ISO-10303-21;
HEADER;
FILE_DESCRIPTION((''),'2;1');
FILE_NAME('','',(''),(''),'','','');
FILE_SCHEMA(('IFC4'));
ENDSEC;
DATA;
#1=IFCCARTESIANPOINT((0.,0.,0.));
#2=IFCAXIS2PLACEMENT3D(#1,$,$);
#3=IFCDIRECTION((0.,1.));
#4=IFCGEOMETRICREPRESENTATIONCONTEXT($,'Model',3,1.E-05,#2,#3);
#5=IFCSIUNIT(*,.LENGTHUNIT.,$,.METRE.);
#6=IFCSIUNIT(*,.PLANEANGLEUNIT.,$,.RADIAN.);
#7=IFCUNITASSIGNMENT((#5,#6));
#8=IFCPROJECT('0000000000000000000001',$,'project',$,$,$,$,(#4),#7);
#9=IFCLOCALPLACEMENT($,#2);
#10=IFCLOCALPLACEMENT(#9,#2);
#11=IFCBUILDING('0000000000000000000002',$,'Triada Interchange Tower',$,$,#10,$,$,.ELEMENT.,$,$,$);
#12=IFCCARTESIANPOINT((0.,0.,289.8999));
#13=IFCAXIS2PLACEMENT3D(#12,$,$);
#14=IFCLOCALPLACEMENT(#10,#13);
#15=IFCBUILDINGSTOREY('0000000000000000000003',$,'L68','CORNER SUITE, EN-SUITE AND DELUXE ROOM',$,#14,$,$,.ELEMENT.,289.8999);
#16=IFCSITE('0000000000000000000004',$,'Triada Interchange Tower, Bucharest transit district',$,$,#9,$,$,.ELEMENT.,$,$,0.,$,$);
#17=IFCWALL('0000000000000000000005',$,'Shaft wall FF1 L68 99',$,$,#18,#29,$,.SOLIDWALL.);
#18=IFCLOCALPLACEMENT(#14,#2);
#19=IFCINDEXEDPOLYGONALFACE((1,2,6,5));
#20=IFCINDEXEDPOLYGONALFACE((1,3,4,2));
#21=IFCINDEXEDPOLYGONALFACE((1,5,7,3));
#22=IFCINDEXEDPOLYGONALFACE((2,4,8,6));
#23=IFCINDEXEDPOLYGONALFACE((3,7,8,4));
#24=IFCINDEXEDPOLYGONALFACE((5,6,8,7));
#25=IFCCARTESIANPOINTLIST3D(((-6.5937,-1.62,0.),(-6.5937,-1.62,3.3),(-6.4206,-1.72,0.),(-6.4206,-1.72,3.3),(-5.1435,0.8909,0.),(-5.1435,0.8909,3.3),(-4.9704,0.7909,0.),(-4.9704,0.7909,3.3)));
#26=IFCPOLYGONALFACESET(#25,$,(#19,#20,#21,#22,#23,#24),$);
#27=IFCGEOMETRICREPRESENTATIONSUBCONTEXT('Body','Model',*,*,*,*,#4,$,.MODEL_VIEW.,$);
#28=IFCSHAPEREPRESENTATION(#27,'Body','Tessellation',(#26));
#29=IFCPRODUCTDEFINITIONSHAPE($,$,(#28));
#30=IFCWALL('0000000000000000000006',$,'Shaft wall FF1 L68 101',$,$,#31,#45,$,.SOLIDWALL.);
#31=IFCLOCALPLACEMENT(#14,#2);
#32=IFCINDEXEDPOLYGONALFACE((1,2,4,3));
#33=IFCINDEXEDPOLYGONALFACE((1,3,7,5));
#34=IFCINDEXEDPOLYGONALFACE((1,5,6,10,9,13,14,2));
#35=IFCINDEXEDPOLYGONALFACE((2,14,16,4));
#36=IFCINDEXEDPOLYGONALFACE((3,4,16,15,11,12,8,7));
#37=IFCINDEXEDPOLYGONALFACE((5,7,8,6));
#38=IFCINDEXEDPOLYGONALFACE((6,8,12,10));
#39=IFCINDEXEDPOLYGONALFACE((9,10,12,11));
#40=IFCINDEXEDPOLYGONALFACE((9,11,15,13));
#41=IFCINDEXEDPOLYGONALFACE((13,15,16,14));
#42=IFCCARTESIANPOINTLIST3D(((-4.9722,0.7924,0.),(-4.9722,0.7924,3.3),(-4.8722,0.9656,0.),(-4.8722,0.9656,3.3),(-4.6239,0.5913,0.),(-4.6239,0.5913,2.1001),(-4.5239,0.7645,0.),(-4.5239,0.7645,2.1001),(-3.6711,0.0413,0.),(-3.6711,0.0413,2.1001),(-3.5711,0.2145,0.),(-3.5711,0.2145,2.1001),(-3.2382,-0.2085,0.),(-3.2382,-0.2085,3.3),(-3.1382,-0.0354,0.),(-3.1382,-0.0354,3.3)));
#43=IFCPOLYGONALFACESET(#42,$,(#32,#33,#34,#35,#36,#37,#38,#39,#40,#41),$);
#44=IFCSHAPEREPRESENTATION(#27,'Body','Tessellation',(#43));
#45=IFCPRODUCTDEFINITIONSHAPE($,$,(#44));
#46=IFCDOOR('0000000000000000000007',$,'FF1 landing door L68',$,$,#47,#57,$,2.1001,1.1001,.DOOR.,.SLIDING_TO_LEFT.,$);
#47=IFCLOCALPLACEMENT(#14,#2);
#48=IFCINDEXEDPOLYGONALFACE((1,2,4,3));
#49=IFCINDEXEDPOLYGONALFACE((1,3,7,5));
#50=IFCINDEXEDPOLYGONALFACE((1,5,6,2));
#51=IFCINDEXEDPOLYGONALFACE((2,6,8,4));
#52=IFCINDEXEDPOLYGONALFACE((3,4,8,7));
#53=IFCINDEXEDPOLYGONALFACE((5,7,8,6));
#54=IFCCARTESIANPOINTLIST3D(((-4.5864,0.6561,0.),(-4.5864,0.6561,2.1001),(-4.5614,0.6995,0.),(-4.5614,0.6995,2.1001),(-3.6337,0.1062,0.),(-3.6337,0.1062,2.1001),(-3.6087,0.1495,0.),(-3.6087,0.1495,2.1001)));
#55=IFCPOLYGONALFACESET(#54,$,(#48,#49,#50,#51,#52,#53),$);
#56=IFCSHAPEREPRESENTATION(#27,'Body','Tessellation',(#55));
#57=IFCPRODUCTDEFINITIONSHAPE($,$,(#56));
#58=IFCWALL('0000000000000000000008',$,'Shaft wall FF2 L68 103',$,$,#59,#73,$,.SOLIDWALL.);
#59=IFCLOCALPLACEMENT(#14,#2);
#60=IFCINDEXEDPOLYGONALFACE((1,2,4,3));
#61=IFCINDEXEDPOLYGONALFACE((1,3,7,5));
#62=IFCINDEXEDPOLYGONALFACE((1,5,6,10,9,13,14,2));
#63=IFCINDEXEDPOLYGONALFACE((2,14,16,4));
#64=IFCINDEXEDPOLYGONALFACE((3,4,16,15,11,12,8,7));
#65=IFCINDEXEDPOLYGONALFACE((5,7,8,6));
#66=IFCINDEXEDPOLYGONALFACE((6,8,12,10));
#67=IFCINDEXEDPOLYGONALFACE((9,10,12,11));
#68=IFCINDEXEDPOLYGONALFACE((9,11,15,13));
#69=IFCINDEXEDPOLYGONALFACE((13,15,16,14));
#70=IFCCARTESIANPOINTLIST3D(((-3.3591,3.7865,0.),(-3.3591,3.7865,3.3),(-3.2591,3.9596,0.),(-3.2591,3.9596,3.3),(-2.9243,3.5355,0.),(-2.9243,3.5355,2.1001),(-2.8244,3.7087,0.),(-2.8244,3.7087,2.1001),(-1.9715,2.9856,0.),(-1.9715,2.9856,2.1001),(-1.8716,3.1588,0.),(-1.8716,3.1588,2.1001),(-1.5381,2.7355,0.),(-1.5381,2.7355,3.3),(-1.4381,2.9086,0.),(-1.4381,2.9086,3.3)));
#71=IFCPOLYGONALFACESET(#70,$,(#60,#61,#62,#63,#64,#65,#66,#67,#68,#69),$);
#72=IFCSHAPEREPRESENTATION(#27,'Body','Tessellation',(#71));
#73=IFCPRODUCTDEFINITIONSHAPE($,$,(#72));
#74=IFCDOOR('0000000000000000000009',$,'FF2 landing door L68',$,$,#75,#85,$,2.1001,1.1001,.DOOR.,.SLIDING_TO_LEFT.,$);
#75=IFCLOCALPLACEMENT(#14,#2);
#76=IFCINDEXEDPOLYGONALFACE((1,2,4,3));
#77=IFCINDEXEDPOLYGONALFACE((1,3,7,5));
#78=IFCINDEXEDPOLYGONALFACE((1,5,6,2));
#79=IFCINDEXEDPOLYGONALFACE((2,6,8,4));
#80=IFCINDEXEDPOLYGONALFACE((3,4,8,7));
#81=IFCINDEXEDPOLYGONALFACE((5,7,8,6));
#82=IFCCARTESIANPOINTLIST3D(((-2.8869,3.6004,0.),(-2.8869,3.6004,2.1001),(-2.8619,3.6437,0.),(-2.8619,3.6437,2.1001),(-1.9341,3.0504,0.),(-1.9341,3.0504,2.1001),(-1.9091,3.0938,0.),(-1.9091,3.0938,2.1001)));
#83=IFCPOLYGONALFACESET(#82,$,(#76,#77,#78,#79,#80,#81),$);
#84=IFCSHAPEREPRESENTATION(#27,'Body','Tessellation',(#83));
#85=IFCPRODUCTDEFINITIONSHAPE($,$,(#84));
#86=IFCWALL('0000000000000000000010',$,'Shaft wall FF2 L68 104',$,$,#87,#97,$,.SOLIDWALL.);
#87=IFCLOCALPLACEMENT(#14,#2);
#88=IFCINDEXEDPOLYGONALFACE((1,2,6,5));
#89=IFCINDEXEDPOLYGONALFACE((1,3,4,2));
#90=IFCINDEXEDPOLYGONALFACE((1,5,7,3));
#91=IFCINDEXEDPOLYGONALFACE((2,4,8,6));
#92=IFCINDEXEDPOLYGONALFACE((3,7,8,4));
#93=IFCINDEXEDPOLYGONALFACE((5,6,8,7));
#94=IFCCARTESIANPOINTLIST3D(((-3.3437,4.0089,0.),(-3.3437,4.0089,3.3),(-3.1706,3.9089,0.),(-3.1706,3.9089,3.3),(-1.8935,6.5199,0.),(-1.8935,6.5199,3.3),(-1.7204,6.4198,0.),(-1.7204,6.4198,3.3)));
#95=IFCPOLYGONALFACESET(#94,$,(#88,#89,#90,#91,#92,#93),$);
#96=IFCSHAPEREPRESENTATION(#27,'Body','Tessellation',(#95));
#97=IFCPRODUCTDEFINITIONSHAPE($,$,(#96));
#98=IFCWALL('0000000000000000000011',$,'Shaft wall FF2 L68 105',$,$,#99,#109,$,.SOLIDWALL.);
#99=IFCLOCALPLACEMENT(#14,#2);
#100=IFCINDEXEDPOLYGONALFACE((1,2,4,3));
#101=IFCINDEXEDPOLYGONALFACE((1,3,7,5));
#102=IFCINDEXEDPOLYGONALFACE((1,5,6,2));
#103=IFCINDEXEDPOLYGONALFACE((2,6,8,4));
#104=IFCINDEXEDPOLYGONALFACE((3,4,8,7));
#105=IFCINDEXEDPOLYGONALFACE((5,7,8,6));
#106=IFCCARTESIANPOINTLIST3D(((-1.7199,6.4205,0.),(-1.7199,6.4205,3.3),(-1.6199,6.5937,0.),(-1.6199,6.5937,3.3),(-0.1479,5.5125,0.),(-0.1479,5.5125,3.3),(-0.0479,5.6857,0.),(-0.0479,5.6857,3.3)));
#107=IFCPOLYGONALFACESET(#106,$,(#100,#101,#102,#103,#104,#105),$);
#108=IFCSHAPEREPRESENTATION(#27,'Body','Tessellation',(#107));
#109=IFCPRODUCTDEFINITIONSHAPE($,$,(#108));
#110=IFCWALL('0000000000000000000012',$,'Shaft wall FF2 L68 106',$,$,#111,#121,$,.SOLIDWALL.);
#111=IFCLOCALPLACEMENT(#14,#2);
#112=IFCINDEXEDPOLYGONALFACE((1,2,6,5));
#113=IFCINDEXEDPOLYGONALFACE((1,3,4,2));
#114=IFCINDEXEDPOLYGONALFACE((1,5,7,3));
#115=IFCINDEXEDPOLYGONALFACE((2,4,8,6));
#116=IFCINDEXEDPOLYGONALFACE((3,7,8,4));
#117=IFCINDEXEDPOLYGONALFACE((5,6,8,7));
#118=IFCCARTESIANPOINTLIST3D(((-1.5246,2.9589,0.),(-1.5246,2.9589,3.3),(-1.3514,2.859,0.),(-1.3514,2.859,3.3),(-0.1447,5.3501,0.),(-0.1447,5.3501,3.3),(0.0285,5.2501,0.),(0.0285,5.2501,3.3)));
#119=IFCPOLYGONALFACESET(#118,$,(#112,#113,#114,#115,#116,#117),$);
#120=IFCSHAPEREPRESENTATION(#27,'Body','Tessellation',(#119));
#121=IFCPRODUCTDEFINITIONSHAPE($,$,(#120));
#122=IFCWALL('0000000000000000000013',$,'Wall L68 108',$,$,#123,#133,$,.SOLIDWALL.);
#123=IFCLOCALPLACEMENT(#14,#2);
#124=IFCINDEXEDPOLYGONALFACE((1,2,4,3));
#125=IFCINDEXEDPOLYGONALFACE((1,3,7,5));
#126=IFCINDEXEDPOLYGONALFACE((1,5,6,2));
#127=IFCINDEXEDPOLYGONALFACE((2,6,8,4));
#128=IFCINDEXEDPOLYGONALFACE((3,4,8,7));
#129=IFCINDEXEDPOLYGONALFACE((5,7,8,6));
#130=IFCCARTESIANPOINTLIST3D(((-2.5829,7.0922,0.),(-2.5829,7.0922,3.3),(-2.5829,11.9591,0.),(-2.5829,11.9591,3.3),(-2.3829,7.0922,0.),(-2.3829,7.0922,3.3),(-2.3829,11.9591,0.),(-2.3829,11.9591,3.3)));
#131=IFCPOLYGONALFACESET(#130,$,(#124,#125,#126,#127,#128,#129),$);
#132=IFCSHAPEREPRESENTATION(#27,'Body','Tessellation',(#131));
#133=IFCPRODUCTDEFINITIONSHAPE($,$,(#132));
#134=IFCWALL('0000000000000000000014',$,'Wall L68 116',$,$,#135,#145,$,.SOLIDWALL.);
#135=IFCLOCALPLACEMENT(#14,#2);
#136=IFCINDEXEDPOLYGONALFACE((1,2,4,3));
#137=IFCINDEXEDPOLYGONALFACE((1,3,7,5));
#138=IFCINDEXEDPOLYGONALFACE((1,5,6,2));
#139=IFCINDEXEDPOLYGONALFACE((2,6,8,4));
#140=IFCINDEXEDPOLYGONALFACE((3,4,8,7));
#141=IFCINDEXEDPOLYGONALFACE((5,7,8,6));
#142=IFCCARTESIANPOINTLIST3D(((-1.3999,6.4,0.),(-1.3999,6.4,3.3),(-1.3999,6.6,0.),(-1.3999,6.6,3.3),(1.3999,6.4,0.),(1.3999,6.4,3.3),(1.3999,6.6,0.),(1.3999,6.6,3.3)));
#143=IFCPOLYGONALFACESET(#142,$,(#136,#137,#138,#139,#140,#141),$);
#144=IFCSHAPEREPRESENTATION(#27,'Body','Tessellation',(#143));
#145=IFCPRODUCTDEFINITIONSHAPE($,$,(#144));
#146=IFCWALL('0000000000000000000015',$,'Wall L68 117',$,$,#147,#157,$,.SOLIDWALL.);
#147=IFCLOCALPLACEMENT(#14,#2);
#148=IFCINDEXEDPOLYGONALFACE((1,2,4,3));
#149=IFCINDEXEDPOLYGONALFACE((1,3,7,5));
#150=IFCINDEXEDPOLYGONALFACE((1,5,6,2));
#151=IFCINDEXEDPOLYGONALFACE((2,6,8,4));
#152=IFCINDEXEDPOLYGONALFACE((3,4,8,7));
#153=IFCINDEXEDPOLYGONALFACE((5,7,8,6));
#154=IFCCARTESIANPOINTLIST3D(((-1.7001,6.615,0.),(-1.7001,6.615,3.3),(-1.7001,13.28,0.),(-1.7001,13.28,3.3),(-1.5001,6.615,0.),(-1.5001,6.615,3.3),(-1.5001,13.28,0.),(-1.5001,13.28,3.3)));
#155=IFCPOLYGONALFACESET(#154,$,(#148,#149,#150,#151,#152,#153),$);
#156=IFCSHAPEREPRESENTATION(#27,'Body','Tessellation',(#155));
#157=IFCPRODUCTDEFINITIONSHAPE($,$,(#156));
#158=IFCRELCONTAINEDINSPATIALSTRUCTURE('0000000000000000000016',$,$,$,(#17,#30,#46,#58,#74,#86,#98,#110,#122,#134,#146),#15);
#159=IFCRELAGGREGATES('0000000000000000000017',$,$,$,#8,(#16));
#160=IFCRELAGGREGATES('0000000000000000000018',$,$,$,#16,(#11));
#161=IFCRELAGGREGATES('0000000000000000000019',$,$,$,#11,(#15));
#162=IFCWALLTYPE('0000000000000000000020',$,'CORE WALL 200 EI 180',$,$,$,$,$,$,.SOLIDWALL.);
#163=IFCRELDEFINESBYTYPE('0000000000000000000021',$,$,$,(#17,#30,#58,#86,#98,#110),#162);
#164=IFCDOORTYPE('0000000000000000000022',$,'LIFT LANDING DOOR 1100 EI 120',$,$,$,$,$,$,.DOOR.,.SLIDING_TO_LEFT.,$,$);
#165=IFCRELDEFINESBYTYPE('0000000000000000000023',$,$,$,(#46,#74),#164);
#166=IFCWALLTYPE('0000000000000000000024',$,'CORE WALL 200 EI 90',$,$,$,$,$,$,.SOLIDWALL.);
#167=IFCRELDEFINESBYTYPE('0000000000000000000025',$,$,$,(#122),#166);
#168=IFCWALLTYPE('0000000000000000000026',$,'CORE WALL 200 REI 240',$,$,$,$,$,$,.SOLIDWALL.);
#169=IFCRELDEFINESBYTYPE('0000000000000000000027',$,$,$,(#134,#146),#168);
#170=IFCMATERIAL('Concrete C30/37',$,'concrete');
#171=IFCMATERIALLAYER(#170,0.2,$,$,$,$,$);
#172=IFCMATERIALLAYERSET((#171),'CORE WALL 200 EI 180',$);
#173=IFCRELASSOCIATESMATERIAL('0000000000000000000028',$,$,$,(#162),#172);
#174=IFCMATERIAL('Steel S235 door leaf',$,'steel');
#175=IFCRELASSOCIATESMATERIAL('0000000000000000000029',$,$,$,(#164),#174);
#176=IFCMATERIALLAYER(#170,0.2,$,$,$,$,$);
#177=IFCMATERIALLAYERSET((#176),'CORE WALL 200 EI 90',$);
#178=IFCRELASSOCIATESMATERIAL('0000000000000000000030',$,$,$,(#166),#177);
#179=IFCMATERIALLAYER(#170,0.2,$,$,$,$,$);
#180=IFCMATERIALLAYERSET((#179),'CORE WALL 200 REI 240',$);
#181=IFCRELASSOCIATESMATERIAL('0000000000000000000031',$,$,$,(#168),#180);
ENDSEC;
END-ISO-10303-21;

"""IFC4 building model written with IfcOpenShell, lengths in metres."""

from ifc_helpers import new_model, si_unit, direction, frame, frame_2d, origin, place, context, subcontext, project, spatial, rectangle, extrude, material, layer, layer_set, type_object, element, fill, save


model = new_model("IFC4")

# Units and contexts
model_context = context("Model", 3, precision=1e-05, world=origin(), true_north=direction((0.0, 1.0)))
body_context = subcontext(model_context, "Body", "Model", "MODEL_VIEW")
ifc_project = project(units=[si_unit("LENGTHUNIT", "METRE"), si_unit("PLANEANGLEUNIT", "RADIAN")], contexts=[model_context])

# Site, building, storey
site_placement = place(None, origin())
site = spatial("IfcSite", under=ifc_project, at=site_placement, Name="Triada Interchange Tower, Bucharest transit district", CompositionType="ELEMENT", RefElevation=0.0)
building_placement = place(site_placement, origin())
building = spatial("IfcBuilding", under=site, at=building_placement, Name="Triada Interchange Tower", CompositionType="ELEMENT")
storey_placement = place(building_placement, frame((0.0, 0.0, 289.8999)))
storey = spatial("IfcBuildingStorey", under=building, at=storey_placement, Name="L68", Description="CORNER SUITE, EN-SUITE AND DELUXE ROOM", CompositionType="ELEMENT", Elevation=289.8999)

# Shared definitions
ifc_material_1 = material(Name="Concrete C30/37", Category="concrete")

# Shared definitions
ifc_layer_1 = layer(ifc_material_1, 0.2)
ifc_layer_set_1 = layer_set([ifc_layer_1], Name="CORE WALL 200 EI 180")
wall_type_1 = type_object("IfcWallType", Name="CORE WALL 200 EI 180", PredefinedType="SOLIDWALL", material=ifc_layer_set_1)
ifc_material_2 = material(Name="Steel S235 door leaf", Category="steel")
door_type_1 = type_object("IfcDoorType", Name="LIFT LANDING DOOR 1100 EI 120", OperationType="SLIDING_TO_LEFT", PredefinedType="DOOR", material=ifc_material_2)

# Wall
wall_1_placement = place(storey_placement, frame((-6.5071, -1.6699, 0.0), z_axis=(0.0, 0.0, 1.0), x_axis=(0.500123, 0.865954, 0.0)))
element("IfcWall", 1, at=wall_1_placement, inside=storey, type_object=wall_type_1, Name="Shaft wall FF1 L68 99", PredefinedType="SOLIDWALL", context=body_context, shape_type="SweptSolid", body=[
    extrude(rectangle(XDim=2.8997, YDim=0.2, at=frame_2d((1.4497, 0.0))), origin(), (0.0, 0.0, 1.0), 3.3),
])

# Walls, openings, doors
wall_2_placement = place(storey_placement, frame((-4.9221, 0.8789, 0.0), z_axis=(0.0, 0.0, 1.0), x_axis=(0.866074, -0.499916, 0.0)))
wall_2 = element("IfcWall", 2, at=wall_2_placement, inside=storey, type_object=wall_type_1, Name="Shaft wall FF1 L68 101", PredefinedType="SOLIDWALL", context=body_context, shape_type="SweptSolid", body=[
    extrude(rectangle(XDim=2.0022, YDim=0.2, at=frame_2d((1.001, 0.0))), origin(), (0.0, 0.0, 1.0), 3.3),
])
opening_1_placement = place(wall_2_placement, frame((0.4021, 0.0, 0.0)))
opening_1 = element("IfcOpeningElement", 3, at=opening_1_placement, cuts=wall_2, PredefinedType="OPENING", context=body_context, shape_type="SweptSolid", body=[
    extrude(rectangle(XDim=1.1001, YDim=2.1001, at=frame_2d((0.55, 1.05))), frame((0.0, 0.1099, 0.0), z_axis=(0.0, -1.0, 0.0), x_axis=(1.0, 0.0, 0.0)), (0.0, 0.0, 1.0), 0.22),
])
door_1_placement = place(opening_1_placement, origin())
door_1 = element("IfcDoor", 4, at=door_1_placement, inside=storey, type_object=door_type_1, Name="FF1 landing door L68", OperationType="SLIDING_TO_LEFT", OverallHeight=2.1001, OverallWidth=1.1001, PredefinedType="DOOR", context=body_context, shape_type="SweptSolid", body=[
    extrude(rectangle(XDim=1.1001, YDim=2.1001, at=frame_2d((0.55, 1.05))), frame((0.0, 0.0249, 0.0), z_axis=(0.0, -1.0, 0.0), x_axis=(1.0, 0.0, 0.0)), (0.0, 0.0, 1.0), 0.05),
])
fill(opening_1, door_1)
wall_3_placement = place(storey_placement, frame((-3.3091, 3.873, 0.0), z_axis=(0.0, 0.0, 1.0), x_axis=(0.866099, -0.499873, 0.0)))
wall_3 = element("IfcWall", 5, at=wall_3_placement, inside=storey, type_object=wall_type_1, Name="Shaft wall FF2 L68 103", PredefinedType="SOLIDWALL", context=body_context, shape_type="SweptSolid", body=[
    extrude(rectangle(XDim=2.1025, YDim=0.2, at=frame_2d((1.0513, 0.0))), origin(), (0.0, 0.0, 1.0), 3.3),
])
opening_2_placement = place(wall_3_placement, frame((0.502, 0.0, 0.0)))
opening_2 = element("IfcOpeningElement", 6, at=opening_2_placement, cuts=wall_3, PredefinedType="OPENING", context=body_context, shape_type="SweptSolid", body=[
    extrude(rectangle(XDim=1.1001, YDim=2.1001, at=frame_2d((0.55, 1.05))), frame((0.0, 0.1099, 0.0), z_axis=(0.0, -1.0, 0.0), x_axis=(1.0, 0.0, 0.0)), (0.0, 0.0, 1.0), 0.22),
])
door_2_placement = place(opening_2_placement, origin())
door_2 = element("IfcDoor", 7, at=door_2_placement, inside=storey, type_object=door_type_1, Name="FF2 landing door L68", OperationType="SLIDING_TO_LEFT", OverallHeight=2.1001, OverallWidth=1.1001, PredefinedType="DOOR", context=body_context, shape_type="SweptSolid", body=[
    extrude(rectangle(XDim=1.1001, YDim=2.1001, at=frame_2d((0.55, 1.05))), frame((0.0, 0.0249, 0.0), z_axis=(0.0, -1.0, 0.0), x_axis=(1.0, 0.0, 0.0)), (0.0, 0.0, 1.0), 0.05),
])
fill(opening_2, door_2)

# Walls
wall_4_placement = place(storey_placement, frame((-3.2571, 3.959, 0.0), z_axis=(0.0, 0.0, 1.0), x_axis=(0.500123, 0.865954, 0.0)))
element("IfcWall", 8, at=wall_4_placement, inside=storey, type_object=wall_type_1, Name="Shaft wall FF2 L68 104", PredefinedType="SOLIDWALL", context=body_context, shape_type="SweptSolid", body=[
    extrude(rectangle(XDim=2.8997, YDim=0.2, at=frame_2d((1.4497, 0.0))), origin(), (0.0, 0.0, 1.0), 3.3),
])
wall_5_placement = place(storey_placement, frame((-1.6699, 6.5071, 0.0), z_axis=(0.0, 0.0, 1.0), x_axis=(0.865941, -0.500145, 0.0)))
element("IfcWall", 9, at=wall_5_placement, inside=storey, type_object=wall_type_1, Name="Shaft wall FF2 L68 105", PredefinedType="SOLIDWALL", context=body_context, shape_type="SweptSolid", body=[
    extrude(rectangle(XDim=1.8154, YDim=0.2, at=frame_2d((0.9077, 0.0))), origin(), (0.0, 0.0, 1.0), 3.3),
])
wall_6_placement = place(storey_placement, frame((-1.438, 2.9089, 0.0), z_axis=(0.0, 0.0, 1.0), x_axis=(0.49983, 0.866124, 0.0)))
element("IfcWall", 10, at=wall_6_placement, inside=storey, type_object=wall_type_1, Name="Shaft wall FF2 L68 106", PredefinedType="SOLIDWALL", context=body_context, shape_type="SweptSolid", body=[
    extrude(rectangle(XDim=2.7607, YDim=0.2, at=frame_2d((1.3804, 0.0))), origin(), (0.0, 0.0, 1.0), 3.3),
])
ifc_layer_2 = layer(ifc_material_1, 0.2)
ifc_layer_set_2 = layer_set([ifc_layer_2], Name="CORE WALL 200 EI 90")
wall_type_2 = type_object("IfcWallType", Name="CORE WALL 200 EI 90", PredefinedType="SOLIDWALL", material=ifc_layer_set_2)
wall_7_placement = place(storey_placement, frame((-2.4829, 7.092, 0.0), z_axis=(0.0, 0.0, 1.0), x_axis=(0.0, 1.0, 0.0)))
element("IfcWall", 11, at=wall_7_placement, inside=storey, type_object=wall_type_2, Name="Wall L68 108", PredefinedType="SOLIDWALL", context=body_context, shape_type="SweptSolid", body=[
    extrude(rectangle(XDim=4.8669, YDim=0.2, at=frame_2d((2.4336, 0.0))), origin(), (0.0, 0.0, 1.0), 3.3),
])
ifc_layer_3 = layer(ifc_material_1, 0.2)
ifc_layer_set_3 = layer_set([ifc_layer_3], Name="CORE WALL 200 REI 240")
wall_type_3 = type_object("IfcWallType", Name="CORE WALL 200 REI 240", PredefinedType="SOLIDWALL", material=ifc_layer_set_3)
wall_8_placement = place(storey_placement, frame((-1.3999, 6.5, 0.0), z_axis=(0.0, 0.0, 1.0), x_axis=(1.0, 0.0, 0.0)))
element("IfcWall", 12, at=wall_8_placement, inside=storey, type_object=wall_type_3, Name="Wall L68 116", PredefinedType="SOLIDWALL", context=body_context, shape_type="SweptSolid", body=[
    extrude(rectangle(XDim=2.7998, YDim=0.2, at=frame_2d((1.3999, 0.0))), origin(), (0.0, 0.0, 1.0), 3.3),
])
wall_9_placement = place(storey_placement, frame((-1.6001, 6.615, 0.0), z_axis=(0.0, 0.0, 1.0), x_axis=(0.0, 1.0, 0.0)))
element("IfcWall", 13, at=wall_9_placement, inside=storey, type_object=wall_type_3, Name="Wall L68 117", PredefinedType="SOLIDWALL", context=body_context, shape_type="SweptSolid", body=[
    extrude(rectangle(XDim=6.665, YDim=0.2, at=frame_2d((3.3325, 0.0))), origin(), (0.0, 0.0, 1.0), 3.3),
])

save(model, "model.ifc")
